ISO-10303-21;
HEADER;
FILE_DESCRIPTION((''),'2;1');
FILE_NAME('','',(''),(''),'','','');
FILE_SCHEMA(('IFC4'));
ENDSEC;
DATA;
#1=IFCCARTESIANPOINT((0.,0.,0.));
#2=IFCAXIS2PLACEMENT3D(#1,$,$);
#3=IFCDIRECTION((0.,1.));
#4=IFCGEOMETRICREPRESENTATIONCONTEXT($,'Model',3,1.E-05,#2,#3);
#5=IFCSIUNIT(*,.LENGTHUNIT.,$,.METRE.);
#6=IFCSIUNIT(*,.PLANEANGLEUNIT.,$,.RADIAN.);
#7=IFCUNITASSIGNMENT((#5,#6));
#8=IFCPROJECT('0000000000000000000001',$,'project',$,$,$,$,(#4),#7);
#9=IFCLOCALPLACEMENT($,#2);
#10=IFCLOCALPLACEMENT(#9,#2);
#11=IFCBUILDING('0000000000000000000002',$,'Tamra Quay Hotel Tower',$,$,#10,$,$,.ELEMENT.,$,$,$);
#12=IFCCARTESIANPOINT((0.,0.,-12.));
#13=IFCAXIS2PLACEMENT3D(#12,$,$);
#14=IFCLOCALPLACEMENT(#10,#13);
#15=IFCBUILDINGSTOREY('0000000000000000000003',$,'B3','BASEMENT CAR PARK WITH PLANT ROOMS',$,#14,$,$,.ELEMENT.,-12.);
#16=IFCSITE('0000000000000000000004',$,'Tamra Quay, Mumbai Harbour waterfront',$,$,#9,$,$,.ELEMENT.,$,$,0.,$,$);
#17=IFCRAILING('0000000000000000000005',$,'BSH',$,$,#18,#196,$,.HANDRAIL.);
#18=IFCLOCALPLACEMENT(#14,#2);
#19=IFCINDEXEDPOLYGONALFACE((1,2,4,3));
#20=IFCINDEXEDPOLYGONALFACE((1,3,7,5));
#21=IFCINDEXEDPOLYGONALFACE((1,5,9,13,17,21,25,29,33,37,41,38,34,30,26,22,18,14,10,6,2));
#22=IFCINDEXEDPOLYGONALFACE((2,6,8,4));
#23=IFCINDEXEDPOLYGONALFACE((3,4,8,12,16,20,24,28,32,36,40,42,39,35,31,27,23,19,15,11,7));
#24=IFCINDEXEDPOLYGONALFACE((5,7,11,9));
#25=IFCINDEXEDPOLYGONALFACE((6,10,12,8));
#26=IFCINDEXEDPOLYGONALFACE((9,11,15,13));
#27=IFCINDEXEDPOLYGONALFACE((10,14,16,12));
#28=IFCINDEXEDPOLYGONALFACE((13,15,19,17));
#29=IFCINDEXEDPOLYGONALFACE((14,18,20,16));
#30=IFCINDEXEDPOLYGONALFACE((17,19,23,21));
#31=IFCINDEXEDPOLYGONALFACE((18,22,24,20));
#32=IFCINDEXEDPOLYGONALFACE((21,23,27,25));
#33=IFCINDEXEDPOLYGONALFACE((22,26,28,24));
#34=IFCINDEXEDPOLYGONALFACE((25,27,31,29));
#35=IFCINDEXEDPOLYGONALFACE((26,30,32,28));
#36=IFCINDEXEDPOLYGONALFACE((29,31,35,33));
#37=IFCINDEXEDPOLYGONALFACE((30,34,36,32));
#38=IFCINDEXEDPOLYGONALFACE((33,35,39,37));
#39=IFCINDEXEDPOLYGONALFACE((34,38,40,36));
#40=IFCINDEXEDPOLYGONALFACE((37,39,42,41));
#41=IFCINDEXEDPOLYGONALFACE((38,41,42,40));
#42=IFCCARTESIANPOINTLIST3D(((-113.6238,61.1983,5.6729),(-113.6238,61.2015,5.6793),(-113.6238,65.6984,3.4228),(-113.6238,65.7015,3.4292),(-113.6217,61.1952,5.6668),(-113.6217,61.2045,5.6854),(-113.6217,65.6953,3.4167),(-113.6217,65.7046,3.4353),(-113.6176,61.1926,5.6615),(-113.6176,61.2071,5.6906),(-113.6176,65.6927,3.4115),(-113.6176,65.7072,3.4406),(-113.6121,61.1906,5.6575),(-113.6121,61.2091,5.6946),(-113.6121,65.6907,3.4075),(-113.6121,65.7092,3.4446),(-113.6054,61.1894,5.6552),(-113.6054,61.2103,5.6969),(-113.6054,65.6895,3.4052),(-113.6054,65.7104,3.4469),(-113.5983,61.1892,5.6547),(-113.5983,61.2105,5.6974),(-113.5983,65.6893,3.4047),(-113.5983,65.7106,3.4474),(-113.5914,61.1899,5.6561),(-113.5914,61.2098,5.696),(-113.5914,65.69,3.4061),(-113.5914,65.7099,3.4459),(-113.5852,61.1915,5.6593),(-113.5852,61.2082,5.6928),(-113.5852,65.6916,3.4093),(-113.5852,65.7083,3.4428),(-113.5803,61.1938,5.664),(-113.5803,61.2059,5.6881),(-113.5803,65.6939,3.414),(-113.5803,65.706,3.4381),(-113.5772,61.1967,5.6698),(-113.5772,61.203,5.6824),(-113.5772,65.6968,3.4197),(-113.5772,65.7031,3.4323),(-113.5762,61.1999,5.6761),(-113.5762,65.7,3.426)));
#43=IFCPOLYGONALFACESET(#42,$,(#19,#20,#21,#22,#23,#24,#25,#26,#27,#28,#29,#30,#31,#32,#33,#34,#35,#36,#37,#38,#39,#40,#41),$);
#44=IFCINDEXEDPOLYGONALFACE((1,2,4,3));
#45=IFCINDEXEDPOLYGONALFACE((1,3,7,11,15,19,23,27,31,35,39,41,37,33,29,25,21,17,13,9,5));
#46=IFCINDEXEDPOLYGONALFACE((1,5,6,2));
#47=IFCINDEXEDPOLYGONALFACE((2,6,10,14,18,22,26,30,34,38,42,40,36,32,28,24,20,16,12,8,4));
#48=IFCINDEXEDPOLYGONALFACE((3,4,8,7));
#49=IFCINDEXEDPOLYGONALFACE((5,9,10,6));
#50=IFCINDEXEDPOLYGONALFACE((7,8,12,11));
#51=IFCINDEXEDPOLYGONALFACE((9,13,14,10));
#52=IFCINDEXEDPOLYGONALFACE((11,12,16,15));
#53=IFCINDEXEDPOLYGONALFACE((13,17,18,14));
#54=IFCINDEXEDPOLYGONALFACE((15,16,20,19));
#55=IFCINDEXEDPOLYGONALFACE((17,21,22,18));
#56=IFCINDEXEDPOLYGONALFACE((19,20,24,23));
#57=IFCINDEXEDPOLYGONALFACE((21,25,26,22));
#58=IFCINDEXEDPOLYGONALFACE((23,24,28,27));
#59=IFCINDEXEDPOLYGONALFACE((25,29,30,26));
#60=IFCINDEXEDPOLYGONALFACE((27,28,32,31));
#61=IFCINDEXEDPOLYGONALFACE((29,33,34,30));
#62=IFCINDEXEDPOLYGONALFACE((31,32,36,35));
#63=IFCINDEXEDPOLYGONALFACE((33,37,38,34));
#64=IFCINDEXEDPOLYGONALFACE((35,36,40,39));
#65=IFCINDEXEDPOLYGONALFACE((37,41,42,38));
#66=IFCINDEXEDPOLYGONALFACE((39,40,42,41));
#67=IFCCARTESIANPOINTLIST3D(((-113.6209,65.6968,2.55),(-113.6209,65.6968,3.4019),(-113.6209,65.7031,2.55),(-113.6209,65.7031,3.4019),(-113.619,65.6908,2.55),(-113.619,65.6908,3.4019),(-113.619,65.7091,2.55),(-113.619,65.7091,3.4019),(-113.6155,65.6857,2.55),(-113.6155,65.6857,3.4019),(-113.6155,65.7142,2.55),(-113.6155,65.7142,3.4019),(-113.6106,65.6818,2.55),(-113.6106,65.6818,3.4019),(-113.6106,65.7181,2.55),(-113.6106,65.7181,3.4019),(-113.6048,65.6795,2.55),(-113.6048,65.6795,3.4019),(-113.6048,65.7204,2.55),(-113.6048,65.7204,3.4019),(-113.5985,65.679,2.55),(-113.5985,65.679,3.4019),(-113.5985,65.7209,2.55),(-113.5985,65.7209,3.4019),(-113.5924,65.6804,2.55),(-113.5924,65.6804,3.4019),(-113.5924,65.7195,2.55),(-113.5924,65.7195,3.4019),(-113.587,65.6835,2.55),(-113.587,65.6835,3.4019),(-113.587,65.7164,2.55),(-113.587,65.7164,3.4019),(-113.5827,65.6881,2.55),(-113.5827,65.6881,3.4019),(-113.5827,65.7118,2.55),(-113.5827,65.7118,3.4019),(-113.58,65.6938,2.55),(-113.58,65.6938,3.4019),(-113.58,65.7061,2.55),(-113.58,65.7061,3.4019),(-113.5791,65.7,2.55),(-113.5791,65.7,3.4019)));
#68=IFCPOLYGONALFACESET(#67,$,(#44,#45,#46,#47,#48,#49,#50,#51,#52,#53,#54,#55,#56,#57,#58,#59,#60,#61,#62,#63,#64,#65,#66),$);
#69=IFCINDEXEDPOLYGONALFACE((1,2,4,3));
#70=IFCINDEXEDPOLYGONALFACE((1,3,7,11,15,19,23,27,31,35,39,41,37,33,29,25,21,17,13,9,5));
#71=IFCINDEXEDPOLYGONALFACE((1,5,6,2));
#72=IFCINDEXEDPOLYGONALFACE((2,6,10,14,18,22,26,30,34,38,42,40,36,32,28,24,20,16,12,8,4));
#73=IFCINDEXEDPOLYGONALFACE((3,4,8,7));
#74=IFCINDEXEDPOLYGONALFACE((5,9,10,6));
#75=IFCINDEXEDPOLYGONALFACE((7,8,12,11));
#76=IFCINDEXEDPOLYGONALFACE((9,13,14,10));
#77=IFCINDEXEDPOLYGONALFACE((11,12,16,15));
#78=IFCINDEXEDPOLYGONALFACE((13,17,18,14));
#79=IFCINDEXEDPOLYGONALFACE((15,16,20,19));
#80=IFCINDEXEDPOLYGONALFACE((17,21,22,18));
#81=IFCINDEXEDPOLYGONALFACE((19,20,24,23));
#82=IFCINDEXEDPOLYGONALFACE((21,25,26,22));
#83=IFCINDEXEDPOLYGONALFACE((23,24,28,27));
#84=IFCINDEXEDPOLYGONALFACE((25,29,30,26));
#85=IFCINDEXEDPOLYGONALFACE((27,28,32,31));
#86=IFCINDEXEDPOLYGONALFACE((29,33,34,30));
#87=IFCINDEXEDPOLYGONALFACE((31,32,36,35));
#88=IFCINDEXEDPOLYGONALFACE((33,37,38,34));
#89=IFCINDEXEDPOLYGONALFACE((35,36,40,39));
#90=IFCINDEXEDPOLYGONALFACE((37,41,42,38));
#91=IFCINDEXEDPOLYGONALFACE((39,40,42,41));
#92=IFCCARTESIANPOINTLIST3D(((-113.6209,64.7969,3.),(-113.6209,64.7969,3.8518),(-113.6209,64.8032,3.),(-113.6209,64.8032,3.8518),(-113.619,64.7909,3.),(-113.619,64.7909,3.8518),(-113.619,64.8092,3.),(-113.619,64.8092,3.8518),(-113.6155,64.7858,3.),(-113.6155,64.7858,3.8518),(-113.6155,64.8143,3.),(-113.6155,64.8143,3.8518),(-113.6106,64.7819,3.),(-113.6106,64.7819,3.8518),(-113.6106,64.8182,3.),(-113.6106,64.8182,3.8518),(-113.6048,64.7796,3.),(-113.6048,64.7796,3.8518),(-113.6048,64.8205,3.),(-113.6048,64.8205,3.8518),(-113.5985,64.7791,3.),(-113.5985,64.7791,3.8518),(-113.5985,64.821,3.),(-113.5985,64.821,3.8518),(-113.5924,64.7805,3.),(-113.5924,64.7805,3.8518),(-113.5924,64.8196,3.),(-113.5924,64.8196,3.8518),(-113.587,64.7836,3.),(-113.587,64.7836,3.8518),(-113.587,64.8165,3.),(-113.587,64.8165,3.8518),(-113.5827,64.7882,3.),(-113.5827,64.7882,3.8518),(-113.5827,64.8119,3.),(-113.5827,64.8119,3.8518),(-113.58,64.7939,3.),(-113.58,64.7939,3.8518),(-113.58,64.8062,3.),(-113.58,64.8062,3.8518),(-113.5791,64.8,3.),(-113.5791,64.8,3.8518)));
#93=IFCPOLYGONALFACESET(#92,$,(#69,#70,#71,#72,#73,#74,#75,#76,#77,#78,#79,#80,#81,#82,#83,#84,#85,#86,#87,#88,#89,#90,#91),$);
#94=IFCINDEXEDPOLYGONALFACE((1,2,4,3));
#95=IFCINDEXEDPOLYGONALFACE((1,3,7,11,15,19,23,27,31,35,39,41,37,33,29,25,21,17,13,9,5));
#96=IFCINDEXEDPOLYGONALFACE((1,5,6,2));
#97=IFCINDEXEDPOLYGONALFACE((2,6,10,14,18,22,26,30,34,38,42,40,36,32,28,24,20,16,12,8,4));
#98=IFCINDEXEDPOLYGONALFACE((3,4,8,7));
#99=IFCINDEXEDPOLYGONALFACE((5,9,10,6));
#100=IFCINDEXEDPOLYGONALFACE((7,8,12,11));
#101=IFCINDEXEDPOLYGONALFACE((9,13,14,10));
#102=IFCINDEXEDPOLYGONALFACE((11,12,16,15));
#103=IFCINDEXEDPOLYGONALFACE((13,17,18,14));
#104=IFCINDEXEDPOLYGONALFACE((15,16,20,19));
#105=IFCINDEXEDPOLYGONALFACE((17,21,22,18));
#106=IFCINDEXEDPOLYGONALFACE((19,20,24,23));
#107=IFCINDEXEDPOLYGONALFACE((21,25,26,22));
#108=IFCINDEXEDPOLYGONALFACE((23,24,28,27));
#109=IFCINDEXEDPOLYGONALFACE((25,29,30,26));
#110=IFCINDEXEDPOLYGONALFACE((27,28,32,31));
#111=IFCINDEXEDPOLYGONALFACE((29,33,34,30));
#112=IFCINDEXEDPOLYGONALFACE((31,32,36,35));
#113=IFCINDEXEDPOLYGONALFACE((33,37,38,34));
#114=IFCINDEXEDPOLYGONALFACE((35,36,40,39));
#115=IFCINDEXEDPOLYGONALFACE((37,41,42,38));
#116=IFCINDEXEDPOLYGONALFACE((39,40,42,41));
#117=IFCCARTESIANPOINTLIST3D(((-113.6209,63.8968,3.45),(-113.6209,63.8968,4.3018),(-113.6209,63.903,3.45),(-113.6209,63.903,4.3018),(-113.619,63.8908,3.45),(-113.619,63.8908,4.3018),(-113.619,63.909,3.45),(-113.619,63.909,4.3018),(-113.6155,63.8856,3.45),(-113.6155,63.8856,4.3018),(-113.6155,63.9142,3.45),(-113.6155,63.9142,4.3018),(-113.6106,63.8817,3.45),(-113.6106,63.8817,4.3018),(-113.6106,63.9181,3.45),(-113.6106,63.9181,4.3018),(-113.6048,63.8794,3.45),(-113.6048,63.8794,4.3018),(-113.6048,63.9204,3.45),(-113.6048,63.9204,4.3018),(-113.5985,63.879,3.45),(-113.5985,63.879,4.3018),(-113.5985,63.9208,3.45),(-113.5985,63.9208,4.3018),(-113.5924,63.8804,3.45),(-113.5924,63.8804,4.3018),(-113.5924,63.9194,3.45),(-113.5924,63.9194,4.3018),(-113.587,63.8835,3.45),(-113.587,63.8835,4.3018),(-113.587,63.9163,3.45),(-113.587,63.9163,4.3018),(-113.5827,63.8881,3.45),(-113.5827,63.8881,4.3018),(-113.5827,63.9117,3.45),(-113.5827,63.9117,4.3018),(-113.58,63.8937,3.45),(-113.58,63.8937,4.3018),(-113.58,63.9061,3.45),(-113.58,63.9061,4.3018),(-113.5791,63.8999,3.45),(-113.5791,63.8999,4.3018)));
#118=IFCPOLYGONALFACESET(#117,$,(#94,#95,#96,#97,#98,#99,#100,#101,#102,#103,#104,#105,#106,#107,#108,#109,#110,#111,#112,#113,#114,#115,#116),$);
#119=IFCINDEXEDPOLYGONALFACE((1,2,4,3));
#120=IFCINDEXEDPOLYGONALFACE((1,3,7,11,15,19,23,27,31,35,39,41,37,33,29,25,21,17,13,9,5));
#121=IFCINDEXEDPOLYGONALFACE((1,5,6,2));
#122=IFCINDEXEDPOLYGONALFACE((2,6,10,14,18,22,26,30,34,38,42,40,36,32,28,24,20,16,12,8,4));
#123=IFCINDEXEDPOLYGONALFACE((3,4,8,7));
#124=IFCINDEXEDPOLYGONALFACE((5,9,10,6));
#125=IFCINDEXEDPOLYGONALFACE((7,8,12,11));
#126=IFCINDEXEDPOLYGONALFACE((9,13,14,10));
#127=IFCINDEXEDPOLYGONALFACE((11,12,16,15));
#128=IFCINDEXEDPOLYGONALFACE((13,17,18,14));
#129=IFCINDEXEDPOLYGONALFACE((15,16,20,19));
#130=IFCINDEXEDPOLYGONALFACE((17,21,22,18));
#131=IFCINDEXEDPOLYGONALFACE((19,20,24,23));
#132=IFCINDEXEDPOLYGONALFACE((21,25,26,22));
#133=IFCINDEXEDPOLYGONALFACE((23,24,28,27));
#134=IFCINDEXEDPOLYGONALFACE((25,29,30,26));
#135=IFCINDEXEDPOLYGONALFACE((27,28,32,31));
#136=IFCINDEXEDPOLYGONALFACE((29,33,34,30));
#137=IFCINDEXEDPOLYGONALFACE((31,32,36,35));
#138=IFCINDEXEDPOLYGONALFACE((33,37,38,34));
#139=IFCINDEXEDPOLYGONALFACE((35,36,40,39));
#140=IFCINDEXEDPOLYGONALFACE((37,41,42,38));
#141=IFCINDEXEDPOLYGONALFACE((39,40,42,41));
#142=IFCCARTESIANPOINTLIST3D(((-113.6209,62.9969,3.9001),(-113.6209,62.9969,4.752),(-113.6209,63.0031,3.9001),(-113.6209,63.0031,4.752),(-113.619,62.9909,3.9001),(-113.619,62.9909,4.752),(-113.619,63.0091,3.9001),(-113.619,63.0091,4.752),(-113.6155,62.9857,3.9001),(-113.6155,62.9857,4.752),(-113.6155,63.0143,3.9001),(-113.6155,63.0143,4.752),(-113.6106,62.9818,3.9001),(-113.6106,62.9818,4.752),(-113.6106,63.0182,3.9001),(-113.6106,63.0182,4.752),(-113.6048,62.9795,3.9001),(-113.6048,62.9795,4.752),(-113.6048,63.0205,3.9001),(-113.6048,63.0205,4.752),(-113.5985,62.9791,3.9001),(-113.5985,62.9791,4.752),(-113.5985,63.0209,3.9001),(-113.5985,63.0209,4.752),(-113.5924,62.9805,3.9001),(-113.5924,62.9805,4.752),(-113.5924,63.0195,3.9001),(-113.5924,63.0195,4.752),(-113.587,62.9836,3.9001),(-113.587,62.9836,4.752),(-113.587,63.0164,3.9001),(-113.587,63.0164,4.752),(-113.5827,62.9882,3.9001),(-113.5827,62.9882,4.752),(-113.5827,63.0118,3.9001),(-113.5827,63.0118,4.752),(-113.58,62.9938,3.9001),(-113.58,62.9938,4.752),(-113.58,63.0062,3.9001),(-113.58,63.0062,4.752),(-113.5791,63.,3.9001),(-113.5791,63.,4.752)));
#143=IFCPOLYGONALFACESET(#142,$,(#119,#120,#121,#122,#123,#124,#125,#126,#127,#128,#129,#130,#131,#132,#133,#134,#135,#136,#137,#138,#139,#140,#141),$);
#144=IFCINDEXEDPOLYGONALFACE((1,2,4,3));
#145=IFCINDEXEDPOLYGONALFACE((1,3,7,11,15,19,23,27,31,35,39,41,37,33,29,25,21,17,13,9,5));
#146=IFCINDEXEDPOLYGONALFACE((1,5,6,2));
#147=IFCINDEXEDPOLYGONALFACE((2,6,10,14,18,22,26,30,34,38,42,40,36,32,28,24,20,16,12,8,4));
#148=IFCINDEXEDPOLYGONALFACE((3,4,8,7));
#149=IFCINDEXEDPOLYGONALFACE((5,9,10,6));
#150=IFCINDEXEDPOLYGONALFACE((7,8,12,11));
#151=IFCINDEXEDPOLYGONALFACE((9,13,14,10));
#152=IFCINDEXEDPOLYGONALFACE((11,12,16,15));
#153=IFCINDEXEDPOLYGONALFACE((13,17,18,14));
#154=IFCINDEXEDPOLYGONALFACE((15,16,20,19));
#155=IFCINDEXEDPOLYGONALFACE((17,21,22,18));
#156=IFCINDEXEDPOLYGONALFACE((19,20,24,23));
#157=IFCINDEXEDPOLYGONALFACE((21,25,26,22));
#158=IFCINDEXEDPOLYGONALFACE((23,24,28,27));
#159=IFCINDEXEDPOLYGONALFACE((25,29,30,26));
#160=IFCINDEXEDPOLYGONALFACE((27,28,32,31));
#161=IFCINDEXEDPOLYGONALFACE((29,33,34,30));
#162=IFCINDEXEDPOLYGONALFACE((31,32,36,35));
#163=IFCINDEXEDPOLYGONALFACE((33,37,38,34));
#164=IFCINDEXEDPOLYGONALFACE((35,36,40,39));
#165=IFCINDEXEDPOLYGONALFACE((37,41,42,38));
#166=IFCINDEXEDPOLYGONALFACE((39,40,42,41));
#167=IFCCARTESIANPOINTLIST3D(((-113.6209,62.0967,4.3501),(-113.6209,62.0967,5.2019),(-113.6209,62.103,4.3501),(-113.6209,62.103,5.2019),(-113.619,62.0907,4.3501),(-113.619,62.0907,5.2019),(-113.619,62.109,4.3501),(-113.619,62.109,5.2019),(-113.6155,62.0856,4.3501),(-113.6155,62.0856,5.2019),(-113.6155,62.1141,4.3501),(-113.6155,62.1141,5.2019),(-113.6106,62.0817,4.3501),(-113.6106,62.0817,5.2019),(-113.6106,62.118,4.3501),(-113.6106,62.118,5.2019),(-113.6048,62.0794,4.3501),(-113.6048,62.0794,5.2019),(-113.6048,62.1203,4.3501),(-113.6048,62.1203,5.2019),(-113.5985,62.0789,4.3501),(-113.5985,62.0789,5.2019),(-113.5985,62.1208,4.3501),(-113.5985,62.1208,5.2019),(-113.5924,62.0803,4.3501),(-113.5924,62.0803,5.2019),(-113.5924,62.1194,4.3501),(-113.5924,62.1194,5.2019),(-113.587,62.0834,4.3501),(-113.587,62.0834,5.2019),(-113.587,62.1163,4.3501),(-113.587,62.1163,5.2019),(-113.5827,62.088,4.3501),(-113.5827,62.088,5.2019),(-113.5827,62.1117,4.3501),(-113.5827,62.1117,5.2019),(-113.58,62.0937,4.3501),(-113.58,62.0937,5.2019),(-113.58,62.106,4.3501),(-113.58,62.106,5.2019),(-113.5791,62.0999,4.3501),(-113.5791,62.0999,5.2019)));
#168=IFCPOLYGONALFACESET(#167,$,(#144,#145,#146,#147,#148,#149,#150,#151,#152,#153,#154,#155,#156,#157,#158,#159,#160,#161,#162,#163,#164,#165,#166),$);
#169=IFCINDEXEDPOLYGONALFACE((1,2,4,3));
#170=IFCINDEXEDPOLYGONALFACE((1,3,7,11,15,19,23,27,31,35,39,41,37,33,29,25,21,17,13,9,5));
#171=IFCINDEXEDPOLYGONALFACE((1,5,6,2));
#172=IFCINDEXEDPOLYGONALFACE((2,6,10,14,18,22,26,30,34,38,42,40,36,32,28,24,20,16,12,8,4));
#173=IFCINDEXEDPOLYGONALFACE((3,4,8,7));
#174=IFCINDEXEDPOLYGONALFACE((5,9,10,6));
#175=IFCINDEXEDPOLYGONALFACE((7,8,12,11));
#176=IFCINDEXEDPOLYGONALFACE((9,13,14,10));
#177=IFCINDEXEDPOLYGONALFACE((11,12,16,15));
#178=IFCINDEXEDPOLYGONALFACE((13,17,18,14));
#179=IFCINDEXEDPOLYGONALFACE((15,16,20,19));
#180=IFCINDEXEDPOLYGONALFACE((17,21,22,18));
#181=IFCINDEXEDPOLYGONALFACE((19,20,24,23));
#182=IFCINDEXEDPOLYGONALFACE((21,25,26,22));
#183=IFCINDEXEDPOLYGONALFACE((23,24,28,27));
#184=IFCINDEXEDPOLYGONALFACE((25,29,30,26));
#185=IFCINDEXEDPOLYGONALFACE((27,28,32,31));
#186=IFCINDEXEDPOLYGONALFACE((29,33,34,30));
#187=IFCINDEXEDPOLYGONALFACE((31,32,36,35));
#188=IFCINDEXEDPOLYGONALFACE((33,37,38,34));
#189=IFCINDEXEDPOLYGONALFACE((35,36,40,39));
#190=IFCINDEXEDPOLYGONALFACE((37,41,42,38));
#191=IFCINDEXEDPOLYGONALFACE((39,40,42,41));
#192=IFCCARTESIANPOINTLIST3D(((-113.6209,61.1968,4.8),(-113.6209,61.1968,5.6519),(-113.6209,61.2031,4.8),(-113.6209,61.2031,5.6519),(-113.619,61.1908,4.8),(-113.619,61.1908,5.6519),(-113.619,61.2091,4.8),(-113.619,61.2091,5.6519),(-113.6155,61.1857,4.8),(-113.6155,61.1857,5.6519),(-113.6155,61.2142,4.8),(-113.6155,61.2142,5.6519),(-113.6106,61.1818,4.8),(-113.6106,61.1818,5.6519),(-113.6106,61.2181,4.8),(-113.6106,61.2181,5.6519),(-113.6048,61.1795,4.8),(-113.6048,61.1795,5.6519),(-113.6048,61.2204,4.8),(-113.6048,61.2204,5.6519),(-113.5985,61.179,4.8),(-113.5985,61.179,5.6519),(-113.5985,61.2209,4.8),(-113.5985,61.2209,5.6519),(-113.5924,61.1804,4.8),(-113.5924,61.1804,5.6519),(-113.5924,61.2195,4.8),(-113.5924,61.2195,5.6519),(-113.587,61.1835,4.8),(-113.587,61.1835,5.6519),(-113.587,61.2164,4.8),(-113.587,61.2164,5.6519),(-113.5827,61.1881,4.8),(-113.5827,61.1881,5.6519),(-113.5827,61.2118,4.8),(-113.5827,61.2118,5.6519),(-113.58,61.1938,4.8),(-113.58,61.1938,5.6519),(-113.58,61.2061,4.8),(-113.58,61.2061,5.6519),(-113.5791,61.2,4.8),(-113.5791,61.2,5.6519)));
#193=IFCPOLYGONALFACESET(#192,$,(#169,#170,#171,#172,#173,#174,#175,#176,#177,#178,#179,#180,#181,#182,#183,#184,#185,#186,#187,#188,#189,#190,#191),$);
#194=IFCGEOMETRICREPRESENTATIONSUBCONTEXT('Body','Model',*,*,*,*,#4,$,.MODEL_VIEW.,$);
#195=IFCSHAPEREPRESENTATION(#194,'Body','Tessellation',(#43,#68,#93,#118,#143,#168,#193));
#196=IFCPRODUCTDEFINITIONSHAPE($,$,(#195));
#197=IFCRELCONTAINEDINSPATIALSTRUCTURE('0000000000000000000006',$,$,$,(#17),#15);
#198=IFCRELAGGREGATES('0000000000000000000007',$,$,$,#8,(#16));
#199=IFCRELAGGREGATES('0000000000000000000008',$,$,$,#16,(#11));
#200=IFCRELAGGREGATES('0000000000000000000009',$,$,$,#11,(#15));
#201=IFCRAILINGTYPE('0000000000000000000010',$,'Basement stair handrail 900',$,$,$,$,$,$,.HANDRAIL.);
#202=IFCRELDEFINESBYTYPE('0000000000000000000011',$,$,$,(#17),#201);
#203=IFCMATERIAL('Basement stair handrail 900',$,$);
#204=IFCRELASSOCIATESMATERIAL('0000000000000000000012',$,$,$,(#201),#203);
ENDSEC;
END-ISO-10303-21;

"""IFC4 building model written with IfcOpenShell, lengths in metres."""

from ifc_helpers import new_model, si_unit, direction, frame, origin, origin_2d, place, context, subcontext, project, spatial, circle, extrude, material, type_object, element, save


model = new_model("IFC4")

# Units and contexts
model_context = context("Model", 3, precision=1e-05, world=origin(), true_north=direction((0.0, 1.0)))
body_context = subcontext(model_context, "Body", "Model", "MODEL_VIEW")
ifc_project = project(units=[si_unit("LENGTHUNIT", "METRE"), si_unit("PLANEANGLEUNIT", "RADIAN")], contexts=[model_context])

# Site, building, storey
site_placement = place(None, origin())
site = spatial("IfcSite", under=ifc_project, at=site_placement, Name="Tamra Quay, Mumbai Harbour waterfront", CompositionType="ELEMENT", RefElevation=0.0)
building_placement = place(site_placement, origin())
building = spatial("IfcBuilding", under=site, at=building_placement, Name="Tamra Quay Hotel Tower", CompositionType="ELEMENT")
storey_placement = place(building_placement, frame((0.0, 0.0, -12.0)))
storey = spatial("IfcBuildingStorey", under=building, at=storey_placement, Name="B3", Description="BASEMENT CAR PARK WITH PLANT ROOMS", CompositionType="ELEMENT", Elevation=-12.0)

# Railing
ifc_material_1 = material(Name="Basement stair handrail 900")
railing_type_1 = type_object("IfcRailingType", Name="Basement stair handrail 900", PredefinedType="HANDRAIL", material=ifc_material_1)
railing_1_placement = place(storey_placement, frame((-113.6001, 65.7, 2.55)))
element("IfcRailing", 1, at=railing_1_placement, inside=storey, type_object=railing_type_1, Name="BSH", PredefinedType="HANDRAIL", context=body_context, shape_type="SweptSolid", body=[
    extrude(circle(Radius=0.0239, at=origin_2d()), frame((0.0, 0.0, 0.876), z_axis=(0.0, -0.894427, 0.447214), x_axis=(1.0, 0.0, 0.0)), (0.0, 0.0, 1.0), 5.0312),
    extrude(circle(Radius=0.021, at=origin_2d()), origin(), (0.0, 0.0, 1.0), 0.8518),
    extrude(circle(Radius=0.021, at=origin_2d()), frame((0.0, -0.8999, 0.45)), (0.0, 0.0, 1.0), 0.8518),
    extrude(circle(Radius=0.021, at=origin_2d()), frame((0.0, -1.8, 0.8999)), (0.0, 0.0, 1.0), 0.8518),
    extrude(circle(Radius=0.021, at=origin_2d()), frame((0.0, -2.7, 1.3501)), (0.0, 0.0, 1.0), 0.8518),
    extrude(circle(Radius=0.021, at=origin_2d()), frame((0.0, -3.6001, 1.8)), (0.0, 0.0, 1.0), 0.8518),
    extrude(circle(Radius=0.021, at=origin_2d()), frame((0.0, -4.5, 2.25)), (0.0, 0.0, 1.0), 0.8518),
])

save(model, "model.ifc")
